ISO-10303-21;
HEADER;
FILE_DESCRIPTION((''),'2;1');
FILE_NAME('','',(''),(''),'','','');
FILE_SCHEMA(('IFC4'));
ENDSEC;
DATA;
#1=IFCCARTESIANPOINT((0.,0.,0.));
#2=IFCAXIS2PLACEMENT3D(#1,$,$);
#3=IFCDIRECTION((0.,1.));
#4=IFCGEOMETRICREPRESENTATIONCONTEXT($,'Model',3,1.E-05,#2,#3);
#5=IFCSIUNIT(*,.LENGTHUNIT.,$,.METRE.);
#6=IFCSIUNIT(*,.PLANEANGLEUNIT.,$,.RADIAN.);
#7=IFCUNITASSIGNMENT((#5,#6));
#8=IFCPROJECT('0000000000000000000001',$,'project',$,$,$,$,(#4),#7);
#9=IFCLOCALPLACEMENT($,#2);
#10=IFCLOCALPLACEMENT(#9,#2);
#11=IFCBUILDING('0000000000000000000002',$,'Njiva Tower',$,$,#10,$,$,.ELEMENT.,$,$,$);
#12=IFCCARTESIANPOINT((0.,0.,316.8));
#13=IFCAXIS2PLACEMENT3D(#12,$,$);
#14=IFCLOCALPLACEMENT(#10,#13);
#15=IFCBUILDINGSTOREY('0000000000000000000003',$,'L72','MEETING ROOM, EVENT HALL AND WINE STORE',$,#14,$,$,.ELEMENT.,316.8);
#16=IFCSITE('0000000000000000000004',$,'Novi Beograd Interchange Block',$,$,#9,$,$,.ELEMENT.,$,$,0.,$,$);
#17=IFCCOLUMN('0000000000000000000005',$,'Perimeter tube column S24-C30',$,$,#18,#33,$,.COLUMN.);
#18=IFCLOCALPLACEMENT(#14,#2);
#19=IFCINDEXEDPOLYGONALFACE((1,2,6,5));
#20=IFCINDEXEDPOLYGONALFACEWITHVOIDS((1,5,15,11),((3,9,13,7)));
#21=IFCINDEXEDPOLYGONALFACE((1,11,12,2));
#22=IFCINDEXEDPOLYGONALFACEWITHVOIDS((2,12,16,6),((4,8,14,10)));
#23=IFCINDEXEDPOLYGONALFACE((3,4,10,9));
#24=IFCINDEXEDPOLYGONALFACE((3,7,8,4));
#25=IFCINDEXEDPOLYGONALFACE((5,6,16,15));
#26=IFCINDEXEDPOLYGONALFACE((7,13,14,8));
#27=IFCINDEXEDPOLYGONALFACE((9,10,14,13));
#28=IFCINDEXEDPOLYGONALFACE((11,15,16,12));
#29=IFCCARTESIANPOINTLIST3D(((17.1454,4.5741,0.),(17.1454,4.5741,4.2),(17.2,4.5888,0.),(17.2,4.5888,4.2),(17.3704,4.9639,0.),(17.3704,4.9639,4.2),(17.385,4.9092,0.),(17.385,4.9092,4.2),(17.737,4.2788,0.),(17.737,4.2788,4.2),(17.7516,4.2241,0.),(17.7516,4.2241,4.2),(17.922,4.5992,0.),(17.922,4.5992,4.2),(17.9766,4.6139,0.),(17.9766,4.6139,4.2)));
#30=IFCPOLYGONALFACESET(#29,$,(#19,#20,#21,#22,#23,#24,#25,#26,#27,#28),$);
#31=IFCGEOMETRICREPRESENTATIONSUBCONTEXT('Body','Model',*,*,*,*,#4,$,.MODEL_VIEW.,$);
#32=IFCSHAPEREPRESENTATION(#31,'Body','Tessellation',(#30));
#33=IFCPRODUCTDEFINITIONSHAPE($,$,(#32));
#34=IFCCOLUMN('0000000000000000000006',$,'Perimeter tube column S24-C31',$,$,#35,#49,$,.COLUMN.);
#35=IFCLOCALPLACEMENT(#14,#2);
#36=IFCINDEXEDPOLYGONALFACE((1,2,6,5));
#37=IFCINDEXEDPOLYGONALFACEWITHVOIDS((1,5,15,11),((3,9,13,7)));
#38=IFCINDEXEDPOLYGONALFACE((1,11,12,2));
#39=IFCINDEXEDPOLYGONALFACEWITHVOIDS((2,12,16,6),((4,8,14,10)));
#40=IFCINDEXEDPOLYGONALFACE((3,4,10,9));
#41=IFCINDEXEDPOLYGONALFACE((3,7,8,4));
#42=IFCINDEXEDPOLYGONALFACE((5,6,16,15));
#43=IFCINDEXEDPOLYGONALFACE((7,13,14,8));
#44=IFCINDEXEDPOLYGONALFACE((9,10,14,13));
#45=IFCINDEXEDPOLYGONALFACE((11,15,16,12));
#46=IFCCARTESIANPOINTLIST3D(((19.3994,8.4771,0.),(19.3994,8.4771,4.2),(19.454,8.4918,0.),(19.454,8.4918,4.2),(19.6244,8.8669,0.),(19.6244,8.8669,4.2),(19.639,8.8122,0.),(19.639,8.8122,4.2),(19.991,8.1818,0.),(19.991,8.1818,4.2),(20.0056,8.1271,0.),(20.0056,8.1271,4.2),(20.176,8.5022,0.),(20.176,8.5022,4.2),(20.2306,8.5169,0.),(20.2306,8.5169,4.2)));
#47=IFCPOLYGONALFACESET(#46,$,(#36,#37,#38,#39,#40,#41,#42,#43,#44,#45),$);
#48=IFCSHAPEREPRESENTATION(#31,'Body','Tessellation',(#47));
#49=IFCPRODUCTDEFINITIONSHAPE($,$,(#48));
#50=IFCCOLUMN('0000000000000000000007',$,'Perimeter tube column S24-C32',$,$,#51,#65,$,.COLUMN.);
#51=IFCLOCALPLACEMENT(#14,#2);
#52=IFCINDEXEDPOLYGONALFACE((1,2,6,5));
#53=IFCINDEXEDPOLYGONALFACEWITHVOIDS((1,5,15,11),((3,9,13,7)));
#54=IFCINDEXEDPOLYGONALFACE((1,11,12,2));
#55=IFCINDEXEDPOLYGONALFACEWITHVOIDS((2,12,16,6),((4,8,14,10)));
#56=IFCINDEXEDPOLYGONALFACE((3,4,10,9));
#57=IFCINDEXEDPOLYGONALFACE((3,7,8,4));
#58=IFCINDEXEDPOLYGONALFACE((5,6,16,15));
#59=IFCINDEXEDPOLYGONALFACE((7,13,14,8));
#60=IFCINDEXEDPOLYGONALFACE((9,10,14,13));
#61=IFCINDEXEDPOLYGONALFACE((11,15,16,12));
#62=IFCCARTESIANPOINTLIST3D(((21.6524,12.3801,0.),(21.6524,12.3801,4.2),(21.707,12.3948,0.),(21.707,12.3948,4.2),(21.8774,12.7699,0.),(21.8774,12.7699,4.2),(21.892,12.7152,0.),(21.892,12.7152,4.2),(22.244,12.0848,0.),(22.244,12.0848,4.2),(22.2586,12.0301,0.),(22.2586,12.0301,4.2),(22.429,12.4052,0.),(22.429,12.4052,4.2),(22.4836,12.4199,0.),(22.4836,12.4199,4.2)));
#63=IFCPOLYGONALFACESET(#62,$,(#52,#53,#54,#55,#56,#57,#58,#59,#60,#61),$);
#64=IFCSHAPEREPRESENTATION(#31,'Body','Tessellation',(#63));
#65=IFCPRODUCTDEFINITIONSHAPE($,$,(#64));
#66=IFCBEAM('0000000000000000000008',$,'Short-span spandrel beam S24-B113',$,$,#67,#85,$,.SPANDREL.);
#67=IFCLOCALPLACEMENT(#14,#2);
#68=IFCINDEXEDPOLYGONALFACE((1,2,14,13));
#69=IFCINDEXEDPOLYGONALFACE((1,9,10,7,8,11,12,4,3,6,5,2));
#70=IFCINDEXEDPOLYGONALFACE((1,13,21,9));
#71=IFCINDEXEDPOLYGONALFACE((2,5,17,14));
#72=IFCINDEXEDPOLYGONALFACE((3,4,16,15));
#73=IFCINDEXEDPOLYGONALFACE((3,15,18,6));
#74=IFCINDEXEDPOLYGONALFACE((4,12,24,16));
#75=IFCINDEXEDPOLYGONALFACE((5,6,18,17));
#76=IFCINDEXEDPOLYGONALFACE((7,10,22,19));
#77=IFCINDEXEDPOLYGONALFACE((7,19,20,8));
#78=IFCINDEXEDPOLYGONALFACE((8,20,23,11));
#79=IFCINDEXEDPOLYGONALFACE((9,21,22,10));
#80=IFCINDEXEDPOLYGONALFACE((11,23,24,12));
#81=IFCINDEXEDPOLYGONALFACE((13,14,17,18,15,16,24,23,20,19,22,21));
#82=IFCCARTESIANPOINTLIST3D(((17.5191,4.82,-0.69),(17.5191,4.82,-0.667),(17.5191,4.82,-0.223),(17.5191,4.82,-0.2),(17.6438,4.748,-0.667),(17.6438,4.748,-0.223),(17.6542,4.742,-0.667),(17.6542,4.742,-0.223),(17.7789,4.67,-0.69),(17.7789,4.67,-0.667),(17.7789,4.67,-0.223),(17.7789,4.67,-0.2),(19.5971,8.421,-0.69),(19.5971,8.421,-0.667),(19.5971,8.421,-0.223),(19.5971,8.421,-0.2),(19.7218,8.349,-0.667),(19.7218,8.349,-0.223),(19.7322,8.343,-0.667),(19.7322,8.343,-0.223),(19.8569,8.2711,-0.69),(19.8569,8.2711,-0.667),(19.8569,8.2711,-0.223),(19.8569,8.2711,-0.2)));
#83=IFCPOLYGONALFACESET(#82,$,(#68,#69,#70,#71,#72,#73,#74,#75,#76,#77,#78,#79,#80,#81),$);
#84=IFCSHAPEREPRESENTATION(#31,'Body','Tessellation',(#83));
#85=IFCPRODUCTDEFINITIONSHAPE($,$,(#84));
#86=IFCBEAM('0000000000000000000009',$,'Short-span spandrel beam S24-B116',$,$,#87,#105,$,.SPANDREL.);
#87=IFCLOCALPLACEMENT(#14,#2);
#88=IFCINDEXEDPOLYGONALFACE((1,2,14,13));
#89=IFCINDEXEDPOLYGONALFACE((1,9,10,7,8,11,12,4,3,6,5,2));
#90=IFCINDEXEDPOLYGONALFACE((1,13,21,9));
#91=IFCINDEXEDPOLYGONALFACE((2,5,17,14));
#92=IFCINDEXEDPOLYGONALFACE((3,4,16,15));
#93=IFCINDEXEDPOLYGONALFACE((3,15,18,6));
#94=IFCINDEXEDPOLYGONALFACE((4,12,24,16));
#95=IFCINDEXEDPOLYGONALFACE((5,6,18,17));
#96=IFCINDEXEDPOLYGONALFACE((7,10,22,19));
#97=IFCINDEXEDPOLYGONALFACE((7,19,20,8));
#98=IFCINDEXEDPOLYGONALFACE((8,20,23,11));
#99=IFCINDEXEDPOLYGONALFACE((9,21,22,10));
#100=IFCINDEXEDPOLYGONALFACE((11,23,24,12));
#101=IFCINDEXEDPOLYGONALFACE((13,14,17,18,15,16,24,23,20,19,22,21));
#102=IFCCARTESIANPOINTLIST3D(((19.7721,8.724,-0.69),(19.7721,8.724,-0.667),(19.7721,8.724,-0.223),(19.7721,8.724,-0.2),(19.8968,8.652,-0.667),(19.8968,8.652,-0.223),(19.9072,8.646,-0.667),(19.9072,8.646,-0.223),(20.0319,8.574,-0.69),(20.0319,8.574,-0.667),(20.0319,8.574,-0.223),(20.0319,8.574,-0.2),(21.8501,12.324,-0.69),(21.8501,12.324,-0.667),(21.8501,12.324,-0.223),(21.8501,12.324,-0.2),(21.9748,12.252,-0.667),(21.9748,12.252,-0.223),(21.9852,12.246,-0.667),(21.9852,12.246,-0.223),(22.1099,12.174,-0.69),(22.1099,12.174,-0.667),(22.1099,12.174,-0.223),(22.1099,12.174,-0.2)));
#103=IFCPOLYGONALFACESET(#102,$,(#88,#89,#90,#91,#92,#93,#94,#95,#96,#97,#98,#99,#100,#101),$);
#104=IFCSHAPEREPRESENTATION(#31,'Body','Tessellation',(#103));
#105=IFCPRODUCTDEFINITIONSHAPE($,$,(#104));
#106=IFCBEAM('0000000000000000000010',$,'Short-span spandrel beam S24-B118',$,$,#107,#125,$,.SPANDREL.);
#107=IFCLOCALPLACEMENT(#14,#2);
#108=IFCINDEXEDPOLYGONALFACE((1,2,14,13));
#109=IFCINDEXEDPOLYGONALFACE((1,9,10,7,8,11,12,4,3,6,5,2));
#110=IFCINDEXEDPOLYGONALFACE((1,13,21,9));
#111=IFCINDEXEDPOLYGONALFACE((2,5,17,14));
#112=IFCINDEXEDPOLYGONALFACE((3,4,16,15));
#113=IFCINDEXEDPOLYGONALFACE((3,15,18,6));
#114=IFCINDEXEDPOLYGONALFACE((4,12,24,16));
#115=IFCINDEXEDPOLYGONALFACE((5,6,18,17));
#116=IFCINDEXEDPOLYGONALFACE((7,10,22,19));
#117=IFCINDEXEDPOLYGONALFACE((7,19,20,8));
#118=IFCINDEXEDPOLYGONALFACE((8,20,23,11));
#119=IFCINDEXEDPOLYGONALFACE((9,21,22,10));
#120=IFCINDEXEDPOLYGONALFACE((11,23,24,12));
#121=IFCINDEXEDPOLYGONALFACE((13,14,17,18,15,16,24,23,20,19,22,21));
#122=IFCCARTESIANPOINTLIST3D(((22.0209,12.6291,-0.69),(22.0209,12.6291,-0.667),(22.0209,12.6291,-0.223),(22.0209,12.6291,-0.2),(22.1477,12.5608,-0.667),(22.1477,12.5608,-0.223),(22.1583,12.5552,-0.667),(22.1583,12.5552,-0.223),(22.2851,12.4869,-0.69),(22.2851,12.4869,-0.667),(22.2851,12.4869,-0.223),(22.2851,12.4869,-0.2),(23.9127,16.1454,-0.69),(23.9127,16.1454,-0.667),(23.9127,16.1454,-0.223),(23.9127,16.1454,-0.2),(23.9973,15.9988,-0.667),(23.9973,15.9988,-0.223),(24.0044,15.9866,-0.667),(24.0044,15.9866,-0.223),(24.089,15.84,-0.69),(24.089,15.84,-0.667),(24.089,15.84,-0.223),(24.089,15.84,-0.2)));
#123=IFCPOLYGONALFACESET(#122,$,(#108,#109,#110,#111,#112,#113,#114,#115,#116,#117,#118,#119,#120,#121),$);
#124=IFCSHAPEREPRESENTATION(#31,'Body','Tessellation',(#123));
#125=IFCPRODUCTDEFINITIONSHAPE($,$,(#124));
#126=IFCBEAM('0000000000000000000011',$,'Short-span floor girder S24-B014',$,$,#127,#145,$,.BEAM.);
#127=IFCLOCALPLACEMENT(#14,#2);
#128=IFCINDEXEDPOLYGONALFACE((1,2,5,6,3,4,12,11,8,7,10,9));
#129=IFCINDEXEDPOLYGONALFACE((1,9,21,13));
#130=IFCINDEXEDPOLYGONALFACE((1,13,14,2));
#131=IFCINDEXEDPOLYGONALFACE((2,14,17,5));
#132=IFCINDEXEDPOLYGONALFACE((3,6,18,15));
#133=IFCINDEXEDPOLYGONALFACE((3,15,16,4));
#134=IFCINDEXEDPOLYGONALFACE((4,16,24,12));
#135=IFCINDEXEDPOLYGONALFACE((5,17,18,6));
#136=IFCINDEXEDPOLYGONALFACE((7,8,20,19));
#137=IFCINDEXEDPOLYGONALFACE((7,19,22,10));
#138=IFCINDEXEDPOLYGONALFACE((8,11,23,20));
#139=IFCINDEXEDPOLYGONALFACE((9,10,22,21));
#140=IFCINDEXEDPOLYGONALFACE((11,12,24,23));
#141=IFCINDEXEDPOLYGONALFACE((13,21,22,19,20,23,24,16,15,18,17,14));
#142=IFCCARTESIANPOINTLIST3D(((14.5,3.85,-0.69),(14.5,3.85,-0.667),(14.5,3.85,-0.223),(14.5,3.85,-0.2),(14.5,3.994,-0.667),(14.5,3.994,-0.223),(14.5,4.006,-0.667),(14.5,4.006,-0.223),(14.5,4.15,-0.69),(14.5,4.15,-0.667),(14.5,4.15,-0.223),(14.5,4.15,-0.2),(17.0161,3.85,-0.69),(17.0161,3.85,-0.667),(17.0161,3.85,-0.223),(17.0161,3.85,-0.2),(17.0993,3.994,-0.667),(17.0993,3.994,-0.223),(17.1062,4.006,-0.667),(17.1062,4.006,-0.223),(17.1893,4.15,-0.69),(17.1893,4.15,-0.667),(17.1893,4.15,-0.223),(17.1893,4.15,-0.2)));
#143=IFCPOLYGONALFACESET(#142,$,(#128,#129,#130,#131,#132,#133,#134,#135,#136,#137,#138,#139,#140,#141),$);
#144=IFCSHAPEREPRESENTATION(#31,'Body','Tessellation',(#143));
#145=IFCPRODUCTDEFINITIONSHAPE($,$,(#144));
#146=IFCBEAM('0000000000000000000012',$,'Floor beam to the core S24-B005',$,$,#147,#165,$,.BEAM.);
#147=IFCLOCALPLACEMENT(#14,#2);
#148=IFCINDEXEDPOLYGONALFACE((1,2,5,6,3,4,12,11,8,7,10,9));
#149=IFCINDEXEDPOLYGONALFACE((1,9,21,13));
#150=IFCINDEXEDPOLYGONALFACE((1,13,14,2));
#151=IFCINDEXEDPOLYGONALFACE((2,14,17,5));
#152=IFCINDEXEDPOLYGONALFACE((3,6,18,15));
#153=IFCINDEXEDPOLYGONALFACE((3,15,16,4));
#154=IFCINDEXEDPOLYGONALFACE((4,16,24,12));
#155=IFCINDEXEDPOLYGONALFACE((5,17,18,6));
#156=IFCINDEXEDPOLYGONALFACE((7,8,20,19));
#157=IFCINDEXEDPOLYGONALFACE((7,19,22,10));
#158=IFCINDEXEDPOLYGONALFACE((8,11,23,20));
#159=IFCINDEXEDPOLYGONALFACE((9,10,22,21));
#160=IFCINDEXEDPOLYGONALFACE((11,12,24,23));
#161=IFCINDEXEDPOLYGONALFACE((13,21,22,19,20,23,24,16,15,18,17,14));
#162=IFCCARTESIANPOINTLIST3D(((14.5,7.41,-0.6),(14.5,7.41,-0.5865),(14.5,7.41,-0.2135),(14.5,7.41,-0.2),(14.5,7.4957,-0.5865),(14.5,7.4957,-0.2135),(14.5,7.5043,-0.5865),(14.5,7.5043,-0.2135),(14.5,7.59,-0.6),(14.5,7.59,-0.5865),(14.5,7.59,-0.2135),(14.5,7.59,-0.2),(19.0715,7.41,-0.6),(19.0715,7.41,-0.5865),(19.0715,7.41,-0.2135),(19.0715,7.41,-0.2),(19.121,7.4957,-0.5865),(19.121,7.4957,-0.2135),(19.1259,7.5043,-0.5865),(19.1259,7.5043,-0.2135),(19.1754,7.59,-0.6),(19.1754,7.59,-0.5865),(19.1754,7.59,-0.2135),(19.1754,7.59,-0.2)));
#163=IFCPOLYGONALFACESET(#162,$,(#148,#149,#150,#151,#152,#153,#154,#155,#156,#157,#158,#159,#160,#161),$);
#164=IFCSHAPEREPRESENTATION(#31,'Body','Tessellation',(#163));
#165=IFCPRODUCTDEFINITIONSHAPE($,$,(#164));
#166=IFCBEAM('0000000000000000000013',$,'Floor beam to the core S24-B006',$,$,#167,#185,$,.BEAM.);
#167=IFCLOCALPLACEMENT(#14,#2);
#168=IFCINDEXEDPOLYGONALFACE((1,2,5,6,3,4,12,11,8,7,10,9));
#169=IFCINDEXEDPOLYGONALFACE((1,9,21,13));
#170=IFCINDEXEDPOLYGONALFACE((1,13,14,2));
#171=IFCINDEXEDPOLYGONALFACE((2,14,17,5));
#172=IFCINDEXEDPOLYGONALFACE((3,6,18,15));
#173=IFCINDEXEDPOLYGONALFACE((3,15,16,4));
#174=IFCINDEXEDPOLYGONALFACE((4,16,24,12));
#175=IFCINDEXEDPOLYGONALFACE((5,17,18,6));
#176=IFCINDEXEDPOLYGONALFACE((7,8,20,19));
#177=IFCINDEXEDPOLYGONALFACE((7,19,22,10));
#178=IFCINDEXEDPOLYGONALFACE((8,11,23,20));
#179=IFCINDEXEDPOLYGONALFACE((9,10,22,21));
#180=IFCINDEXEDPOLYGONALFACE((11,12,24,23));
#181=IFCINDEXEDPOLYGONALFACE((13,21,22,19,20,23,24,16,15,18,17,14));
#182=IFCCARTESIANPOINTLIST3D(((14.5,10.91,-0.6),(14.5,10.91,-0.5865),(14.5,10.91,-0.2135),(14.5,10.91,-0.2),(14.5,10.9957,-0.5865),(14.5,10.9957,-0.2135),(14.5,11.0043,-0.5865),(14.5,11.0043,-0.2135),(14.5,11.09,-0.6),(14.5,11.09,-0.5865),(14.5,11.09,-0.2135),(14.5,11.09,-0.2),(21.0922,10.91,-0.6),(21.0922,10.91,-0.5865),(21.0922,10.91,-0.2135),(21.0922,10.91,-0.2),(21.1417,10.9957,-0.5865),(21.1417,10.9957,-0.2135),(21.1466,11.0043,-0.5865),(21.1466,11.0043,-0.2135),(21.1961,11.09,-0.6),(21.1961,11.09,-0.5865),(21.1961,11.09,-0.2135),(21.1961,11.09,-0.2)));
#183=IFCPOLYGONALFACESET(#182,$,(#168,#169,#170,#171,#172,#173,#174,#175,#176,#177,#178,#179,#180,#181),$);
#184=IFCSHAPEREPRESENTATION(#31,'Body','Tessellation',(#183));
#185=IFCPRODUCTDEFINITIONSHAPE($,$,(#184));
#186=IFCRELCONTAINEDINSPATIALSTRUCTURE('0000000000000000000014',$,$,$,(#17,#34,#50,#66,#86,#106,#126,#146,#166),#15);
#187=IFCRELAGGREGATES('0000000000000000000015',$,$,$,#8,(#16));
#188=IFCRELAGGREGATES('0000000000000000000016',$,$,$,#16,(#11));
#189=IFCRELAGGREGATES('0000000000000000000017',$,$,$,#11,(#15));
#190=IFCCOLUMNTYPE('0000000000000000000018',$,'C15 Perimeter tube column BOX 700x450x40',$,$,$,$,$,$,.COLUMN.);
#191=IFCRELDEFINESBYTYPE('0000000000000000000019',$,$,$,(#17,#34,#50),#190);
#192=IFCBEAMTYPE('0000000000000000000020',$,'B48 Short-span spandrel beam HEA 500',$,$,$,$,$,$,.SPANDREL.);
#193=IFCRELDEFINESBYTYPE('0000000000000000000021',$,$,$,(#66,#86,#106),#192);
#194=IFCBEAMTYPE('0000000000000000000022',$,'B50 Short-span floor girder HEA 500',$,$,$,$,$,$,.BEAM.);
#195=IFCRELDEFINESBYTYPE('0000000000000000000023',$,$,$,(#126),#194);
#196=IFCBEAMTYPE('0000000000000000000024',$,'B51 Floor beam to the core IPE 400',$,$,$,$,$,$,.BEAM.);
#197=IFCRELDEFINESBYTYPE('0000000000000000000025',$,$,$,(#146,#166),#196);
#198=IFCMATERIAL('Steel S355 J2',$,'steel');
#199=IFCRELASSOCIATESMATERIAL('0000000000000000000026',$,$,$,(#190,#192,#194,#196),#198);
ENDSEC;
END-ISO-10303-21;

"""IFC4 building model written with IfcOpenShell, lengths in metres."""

from ifc_helpers import new_model, si_unit, direction, frame, origin, origin_2d, place, context, subcontext, project, spatial, hollow_rectangle, i_section, extrude, clip, halfspace, material, material_profile, profile_set, type_object, element, save


model = new_model("IFC4")

# Units and contexts
model_context = context("Model", 3, precision=1e-05, world=origin(), true_north=direction((0.0, 1.0)))
body_context = subcontext(model_context, "Body", "Model", "MODEL_VIEW")
ifc_project = project(units=[si_unit("LENGTHUNIT", "METRE"), si_unit("PLANEANGLEUNIT", "RADIAN")], contexts=[model_context])

# Site, building, storey
site_placement = place(None, origin())
site = spatial("IfcSite", under=ifc_project, at=site_placement, Name="Novi Beograd Interchange Block", CompositionType="ELEMENT", RefElevation=0.0)
building_placement = place(site_placement, origin())
building = spatial("IfcBuilding", under=site, at=building_placement, Name="Njiva Tower", CompositionType="ELEMENT")
storey_placement = place(building_placement, frame((0.0, 0.0, 316.8)))
storey = spatial("IfcBuildingStorey", under=building, at=storey_placement, Name="L72", Description="MEETING ROOM, EVENT HALL AND WINE STORE", CompositionType="ELEMENT", Elevation=316.8)

# Columns
ifc_material_1 = material(Name="Steel S355 J2", Category="steel")
ifc_material_profile_1 = material_profile(ifc_material_1, hollow_rectangle(XDim=0.45, YDim=0.7, WallThickness=0.04, at=origin_2d()), Name="BOX 700x450x40")
ifc_profile_set_1 = profile_set([ifc_material_profile_1], Name="Steel S355 J2")
column_type = type_object("IfcColumnType", Name="C15 Perimeter tube column BOX 700x450x40", PredefinedType="COLUMN", material=ifc_profile_set_1)
for number, where, z_axis, x_axis, name in (
    (1, (17.561, 4.594, 0.0), (0.0, 0.0, 1.0), (0.5, 0.866025, 0.0), "Perimeter tube column S24-C30"),
    (2, (19.815, 8.497, 0.0), (0.0, 0.0, 1.0), (0.5, 0.866025, 0.0), "Perimeter tube column S24-C31"),
    (3, (22.068, 12.4, 0.0), (0.0, 0.0, 1.0), (0.5, 0.866025, 0.0), "Perimeter tube column S24-C32"),
):
    element("IfcColumn", number, at=place(storey_placement, frame(where, z_axis=z_axis, x_axis=x_axis)), inside=storey, type_object=column_type, Name=name, PredefinedType="COLUMN", context=body_context, shape_type="SweptSolid", body=[
        extrude(hollow_rectangle(XDim=0.45, YDim=0.7, WallThickness=0.04, at=origin_2d()), origin(), (0.0, 0.0, 1.0), 4.2),
    ])

# Beams
ifc_material_profile_2 = material_profile(ifc_material_1, i_section(OverallWidth=0.3, OverallDepth=0.49, WebThickness=0.012, FlangeThickness=0.023, at=origin_2d()), Name="HEA 500")
ifc_profile_set_2 = profile_set([ifc_material_profile_2], Name="Steel S355 J2")
beam_type_1 = type_object("IfcBeamType", Name="B48 Short-span spandrel beam HEA 500", PredefinedType="SPANDREL", material=ifc_profile_set_2)
beam_1_placement = place(storey_placement, frame((17.649, 4.745, -0.445), z_axis=(0.499813, 0.866134, 0.0), x_axis=(-0.866134, 0.499813, 0.0)))
element("IfcBeam", 4, at=beam_1_placement, inside=storey, type_object=beam_type_1, Name="Short-span spandrel beam S24-B113", PredefinedType="SPANDREL", context=body_context, shape_type="SweptSolid", body=[
    extrude(i_section(OverallWidth=0.3, OverallDepth=0.49, WebThickness=0.012, FlangeThickness=0.023, at=origin_2d()), origin(), (0.0, 0.0, 1.0), 4.1576),
])
beam_2_placement = place(storey_placement, frame((19.902, 8.649, -0.445), z_axis=(0.499917, 0.866073, 0.0), x_axis=(-0.866073, 0.499917, 0.0)))
element("IfcBeam", 5, at=beam_2_placement, inside=storey, type_object=beam_type_1, Name="Short-span spandrel beam S24-B116", PredefinedType="SPANDREL", context=body_context, shape_type="SweptSolid", body=[
    extrude(i_section(OverallWidth=0.3, OverallDepth=0.49, WebThickness=0.012, FlangeThickness=0.023, at=origin_2d()), origin(), (0.0, 0.0, 1.0), 4.1567),
])
beam_3_placement = place(storey_placement, frame((22.153, 12.558, -0.445), z_axis=(0.473779, 0.880644, 0.0), x_axis=(-0.880644, 0.473779, 0.0)))
element("IfcBeam", 6, at=beam_3_placement, inside=storey, type_object=beam_type_1, Name="Short-span spandrel beam S24-B118", PredefinedType="SPANDREL", context=body_context, shape_type="Clipping", body=[
    clip(extrude(i_section(OverallWidth=0.3, OverallDepth=0.49, WebThickness=0.012, FlangeThickness=0.023, at=origin_2d()), origin(), (0.0, 0.0, 1.0), 4.0136), halfspace(frame((-0.0262, 0.0, 3.884), z_axis=(-0.525773, 0.0, 0.850625), x_axis=(0.0, 1.0, 0.0)), False)),
])
ifc_material_profile_3 = material_profile(ifc_material_1, i_section(OverallWidth=0.3, OverallDepth=0.49, WebThickness=0.012, FlangeThickness=0.023, at=origin_2d()), Name="HEA 500")
ifc_profile_set_3 = profile_set([ifc_material_profile_3], Name="Steel S355 J2")
beam_type_2 = type_object("IfcBeamType", Name="B50 Short-span floor girder HEA 500", PredefinedType="BEAM", material=ifc_profile_set_3)
beam_4_placement = place(storey_placement, frame((14.5, 4.0, -0.445), z_axis=(1.0, 0.0, 0.0), x_axis=(0.0, 1.0, 0.0)))
element("IfcBeam", 7, at=beam_4_placement, inside=storey, type_object=beam_type_2, Name="Short-span floor girder S24-B014", PredefinedType="BEAM", context=body_context, shape_type="Clipping", body=[
    clip(extrude(i_section(OverallWidth=0.3, OverallDepth=0.49, WebThickness=0.012, FlangeThickness=0.023, at=origin_2d()), origin(), (0.0, 0.0, 1.0), 2.71), halfspace(frame((-0.025, 0.0, 2.5883), z_axis=(-0.499998, 0.0, 0.866027), x_axis=(0.0, 1.0, 0.0)), False)),
])
ifc_material_profile_4 = material_profile(ifc_material_1, i_section(OverallWidth=0.18, OverallDepth=0.4, WebThickness=0.0086, FlangeThickness=0.0135, at=origin_2d()), Name="IPE 400")
ifc_profile_set_4 = profile_set([ifc_material_profile_4], Name="Steel S355 J2")
beam_type_3 = type_object("IfcBeamType", Name="B51 Floor beam to the core IPE 400", PredefinedType="BEAM", material=ifc_profile_set_4)
beam_5_placement = place(storey_placement, frame((14.5, 7.5, -0.4), z_axis=(1.0, 0.0, 0.0), x_axis=(0.0, 1.0, 0.0)))
element("IfcBeam", 8, at=beam_5_placement, inside=storey, type_object=beam_type_3, Name="Floor beam to the core S24-B005", PredefinedType="BEAM", context=body_context, shape_type="Clipping", body=[
    clip(extrude(i_section(OverallWidth=0.18, OverallDepth=0.4, WebThickness=0.0086, FlangeThickness=0.0135, at=origin_2d()), origin(), (0.0, 0.0, 1.0), 4.695), halfspace(frame((-0.025, 0.0, 4.609), z_axis=(-0.499998, 0.0, 0.866027), x_axis=(0.0, 1.0, 0.0)), False)),
])
beam_6_placement = place(storey_placement, frame((14.5, 11.0, -0.4), z_axis=(1.0, 0.0, 0.0), x_axis=(0.0, 1.0, 0.0)))
element("IfcBeam", 9, at=beam_6_placement, inside=storey, type_object=beam_type_3, Name="Floor beam to the core S24-B006", PredefinedType="BEAM", context=body_context, shape_type="Clipping", body=[
    clip(extrude(i_section(OverallWidth=0.18, OverallDepth=0.4, WebThickness=0.0086, FlangeThickness=0.0135, at=origin_2d()), origin(), (0.0, 0.0, 1.0), 6.716), halfspace(frame((-0.025, 0.0, 6.6297), z_axis=(-0.499998, 0.0, 0.866027), x_axis=(0.0, 1.0, 0.0)), False)),
])

save(model, "model.ifc")
